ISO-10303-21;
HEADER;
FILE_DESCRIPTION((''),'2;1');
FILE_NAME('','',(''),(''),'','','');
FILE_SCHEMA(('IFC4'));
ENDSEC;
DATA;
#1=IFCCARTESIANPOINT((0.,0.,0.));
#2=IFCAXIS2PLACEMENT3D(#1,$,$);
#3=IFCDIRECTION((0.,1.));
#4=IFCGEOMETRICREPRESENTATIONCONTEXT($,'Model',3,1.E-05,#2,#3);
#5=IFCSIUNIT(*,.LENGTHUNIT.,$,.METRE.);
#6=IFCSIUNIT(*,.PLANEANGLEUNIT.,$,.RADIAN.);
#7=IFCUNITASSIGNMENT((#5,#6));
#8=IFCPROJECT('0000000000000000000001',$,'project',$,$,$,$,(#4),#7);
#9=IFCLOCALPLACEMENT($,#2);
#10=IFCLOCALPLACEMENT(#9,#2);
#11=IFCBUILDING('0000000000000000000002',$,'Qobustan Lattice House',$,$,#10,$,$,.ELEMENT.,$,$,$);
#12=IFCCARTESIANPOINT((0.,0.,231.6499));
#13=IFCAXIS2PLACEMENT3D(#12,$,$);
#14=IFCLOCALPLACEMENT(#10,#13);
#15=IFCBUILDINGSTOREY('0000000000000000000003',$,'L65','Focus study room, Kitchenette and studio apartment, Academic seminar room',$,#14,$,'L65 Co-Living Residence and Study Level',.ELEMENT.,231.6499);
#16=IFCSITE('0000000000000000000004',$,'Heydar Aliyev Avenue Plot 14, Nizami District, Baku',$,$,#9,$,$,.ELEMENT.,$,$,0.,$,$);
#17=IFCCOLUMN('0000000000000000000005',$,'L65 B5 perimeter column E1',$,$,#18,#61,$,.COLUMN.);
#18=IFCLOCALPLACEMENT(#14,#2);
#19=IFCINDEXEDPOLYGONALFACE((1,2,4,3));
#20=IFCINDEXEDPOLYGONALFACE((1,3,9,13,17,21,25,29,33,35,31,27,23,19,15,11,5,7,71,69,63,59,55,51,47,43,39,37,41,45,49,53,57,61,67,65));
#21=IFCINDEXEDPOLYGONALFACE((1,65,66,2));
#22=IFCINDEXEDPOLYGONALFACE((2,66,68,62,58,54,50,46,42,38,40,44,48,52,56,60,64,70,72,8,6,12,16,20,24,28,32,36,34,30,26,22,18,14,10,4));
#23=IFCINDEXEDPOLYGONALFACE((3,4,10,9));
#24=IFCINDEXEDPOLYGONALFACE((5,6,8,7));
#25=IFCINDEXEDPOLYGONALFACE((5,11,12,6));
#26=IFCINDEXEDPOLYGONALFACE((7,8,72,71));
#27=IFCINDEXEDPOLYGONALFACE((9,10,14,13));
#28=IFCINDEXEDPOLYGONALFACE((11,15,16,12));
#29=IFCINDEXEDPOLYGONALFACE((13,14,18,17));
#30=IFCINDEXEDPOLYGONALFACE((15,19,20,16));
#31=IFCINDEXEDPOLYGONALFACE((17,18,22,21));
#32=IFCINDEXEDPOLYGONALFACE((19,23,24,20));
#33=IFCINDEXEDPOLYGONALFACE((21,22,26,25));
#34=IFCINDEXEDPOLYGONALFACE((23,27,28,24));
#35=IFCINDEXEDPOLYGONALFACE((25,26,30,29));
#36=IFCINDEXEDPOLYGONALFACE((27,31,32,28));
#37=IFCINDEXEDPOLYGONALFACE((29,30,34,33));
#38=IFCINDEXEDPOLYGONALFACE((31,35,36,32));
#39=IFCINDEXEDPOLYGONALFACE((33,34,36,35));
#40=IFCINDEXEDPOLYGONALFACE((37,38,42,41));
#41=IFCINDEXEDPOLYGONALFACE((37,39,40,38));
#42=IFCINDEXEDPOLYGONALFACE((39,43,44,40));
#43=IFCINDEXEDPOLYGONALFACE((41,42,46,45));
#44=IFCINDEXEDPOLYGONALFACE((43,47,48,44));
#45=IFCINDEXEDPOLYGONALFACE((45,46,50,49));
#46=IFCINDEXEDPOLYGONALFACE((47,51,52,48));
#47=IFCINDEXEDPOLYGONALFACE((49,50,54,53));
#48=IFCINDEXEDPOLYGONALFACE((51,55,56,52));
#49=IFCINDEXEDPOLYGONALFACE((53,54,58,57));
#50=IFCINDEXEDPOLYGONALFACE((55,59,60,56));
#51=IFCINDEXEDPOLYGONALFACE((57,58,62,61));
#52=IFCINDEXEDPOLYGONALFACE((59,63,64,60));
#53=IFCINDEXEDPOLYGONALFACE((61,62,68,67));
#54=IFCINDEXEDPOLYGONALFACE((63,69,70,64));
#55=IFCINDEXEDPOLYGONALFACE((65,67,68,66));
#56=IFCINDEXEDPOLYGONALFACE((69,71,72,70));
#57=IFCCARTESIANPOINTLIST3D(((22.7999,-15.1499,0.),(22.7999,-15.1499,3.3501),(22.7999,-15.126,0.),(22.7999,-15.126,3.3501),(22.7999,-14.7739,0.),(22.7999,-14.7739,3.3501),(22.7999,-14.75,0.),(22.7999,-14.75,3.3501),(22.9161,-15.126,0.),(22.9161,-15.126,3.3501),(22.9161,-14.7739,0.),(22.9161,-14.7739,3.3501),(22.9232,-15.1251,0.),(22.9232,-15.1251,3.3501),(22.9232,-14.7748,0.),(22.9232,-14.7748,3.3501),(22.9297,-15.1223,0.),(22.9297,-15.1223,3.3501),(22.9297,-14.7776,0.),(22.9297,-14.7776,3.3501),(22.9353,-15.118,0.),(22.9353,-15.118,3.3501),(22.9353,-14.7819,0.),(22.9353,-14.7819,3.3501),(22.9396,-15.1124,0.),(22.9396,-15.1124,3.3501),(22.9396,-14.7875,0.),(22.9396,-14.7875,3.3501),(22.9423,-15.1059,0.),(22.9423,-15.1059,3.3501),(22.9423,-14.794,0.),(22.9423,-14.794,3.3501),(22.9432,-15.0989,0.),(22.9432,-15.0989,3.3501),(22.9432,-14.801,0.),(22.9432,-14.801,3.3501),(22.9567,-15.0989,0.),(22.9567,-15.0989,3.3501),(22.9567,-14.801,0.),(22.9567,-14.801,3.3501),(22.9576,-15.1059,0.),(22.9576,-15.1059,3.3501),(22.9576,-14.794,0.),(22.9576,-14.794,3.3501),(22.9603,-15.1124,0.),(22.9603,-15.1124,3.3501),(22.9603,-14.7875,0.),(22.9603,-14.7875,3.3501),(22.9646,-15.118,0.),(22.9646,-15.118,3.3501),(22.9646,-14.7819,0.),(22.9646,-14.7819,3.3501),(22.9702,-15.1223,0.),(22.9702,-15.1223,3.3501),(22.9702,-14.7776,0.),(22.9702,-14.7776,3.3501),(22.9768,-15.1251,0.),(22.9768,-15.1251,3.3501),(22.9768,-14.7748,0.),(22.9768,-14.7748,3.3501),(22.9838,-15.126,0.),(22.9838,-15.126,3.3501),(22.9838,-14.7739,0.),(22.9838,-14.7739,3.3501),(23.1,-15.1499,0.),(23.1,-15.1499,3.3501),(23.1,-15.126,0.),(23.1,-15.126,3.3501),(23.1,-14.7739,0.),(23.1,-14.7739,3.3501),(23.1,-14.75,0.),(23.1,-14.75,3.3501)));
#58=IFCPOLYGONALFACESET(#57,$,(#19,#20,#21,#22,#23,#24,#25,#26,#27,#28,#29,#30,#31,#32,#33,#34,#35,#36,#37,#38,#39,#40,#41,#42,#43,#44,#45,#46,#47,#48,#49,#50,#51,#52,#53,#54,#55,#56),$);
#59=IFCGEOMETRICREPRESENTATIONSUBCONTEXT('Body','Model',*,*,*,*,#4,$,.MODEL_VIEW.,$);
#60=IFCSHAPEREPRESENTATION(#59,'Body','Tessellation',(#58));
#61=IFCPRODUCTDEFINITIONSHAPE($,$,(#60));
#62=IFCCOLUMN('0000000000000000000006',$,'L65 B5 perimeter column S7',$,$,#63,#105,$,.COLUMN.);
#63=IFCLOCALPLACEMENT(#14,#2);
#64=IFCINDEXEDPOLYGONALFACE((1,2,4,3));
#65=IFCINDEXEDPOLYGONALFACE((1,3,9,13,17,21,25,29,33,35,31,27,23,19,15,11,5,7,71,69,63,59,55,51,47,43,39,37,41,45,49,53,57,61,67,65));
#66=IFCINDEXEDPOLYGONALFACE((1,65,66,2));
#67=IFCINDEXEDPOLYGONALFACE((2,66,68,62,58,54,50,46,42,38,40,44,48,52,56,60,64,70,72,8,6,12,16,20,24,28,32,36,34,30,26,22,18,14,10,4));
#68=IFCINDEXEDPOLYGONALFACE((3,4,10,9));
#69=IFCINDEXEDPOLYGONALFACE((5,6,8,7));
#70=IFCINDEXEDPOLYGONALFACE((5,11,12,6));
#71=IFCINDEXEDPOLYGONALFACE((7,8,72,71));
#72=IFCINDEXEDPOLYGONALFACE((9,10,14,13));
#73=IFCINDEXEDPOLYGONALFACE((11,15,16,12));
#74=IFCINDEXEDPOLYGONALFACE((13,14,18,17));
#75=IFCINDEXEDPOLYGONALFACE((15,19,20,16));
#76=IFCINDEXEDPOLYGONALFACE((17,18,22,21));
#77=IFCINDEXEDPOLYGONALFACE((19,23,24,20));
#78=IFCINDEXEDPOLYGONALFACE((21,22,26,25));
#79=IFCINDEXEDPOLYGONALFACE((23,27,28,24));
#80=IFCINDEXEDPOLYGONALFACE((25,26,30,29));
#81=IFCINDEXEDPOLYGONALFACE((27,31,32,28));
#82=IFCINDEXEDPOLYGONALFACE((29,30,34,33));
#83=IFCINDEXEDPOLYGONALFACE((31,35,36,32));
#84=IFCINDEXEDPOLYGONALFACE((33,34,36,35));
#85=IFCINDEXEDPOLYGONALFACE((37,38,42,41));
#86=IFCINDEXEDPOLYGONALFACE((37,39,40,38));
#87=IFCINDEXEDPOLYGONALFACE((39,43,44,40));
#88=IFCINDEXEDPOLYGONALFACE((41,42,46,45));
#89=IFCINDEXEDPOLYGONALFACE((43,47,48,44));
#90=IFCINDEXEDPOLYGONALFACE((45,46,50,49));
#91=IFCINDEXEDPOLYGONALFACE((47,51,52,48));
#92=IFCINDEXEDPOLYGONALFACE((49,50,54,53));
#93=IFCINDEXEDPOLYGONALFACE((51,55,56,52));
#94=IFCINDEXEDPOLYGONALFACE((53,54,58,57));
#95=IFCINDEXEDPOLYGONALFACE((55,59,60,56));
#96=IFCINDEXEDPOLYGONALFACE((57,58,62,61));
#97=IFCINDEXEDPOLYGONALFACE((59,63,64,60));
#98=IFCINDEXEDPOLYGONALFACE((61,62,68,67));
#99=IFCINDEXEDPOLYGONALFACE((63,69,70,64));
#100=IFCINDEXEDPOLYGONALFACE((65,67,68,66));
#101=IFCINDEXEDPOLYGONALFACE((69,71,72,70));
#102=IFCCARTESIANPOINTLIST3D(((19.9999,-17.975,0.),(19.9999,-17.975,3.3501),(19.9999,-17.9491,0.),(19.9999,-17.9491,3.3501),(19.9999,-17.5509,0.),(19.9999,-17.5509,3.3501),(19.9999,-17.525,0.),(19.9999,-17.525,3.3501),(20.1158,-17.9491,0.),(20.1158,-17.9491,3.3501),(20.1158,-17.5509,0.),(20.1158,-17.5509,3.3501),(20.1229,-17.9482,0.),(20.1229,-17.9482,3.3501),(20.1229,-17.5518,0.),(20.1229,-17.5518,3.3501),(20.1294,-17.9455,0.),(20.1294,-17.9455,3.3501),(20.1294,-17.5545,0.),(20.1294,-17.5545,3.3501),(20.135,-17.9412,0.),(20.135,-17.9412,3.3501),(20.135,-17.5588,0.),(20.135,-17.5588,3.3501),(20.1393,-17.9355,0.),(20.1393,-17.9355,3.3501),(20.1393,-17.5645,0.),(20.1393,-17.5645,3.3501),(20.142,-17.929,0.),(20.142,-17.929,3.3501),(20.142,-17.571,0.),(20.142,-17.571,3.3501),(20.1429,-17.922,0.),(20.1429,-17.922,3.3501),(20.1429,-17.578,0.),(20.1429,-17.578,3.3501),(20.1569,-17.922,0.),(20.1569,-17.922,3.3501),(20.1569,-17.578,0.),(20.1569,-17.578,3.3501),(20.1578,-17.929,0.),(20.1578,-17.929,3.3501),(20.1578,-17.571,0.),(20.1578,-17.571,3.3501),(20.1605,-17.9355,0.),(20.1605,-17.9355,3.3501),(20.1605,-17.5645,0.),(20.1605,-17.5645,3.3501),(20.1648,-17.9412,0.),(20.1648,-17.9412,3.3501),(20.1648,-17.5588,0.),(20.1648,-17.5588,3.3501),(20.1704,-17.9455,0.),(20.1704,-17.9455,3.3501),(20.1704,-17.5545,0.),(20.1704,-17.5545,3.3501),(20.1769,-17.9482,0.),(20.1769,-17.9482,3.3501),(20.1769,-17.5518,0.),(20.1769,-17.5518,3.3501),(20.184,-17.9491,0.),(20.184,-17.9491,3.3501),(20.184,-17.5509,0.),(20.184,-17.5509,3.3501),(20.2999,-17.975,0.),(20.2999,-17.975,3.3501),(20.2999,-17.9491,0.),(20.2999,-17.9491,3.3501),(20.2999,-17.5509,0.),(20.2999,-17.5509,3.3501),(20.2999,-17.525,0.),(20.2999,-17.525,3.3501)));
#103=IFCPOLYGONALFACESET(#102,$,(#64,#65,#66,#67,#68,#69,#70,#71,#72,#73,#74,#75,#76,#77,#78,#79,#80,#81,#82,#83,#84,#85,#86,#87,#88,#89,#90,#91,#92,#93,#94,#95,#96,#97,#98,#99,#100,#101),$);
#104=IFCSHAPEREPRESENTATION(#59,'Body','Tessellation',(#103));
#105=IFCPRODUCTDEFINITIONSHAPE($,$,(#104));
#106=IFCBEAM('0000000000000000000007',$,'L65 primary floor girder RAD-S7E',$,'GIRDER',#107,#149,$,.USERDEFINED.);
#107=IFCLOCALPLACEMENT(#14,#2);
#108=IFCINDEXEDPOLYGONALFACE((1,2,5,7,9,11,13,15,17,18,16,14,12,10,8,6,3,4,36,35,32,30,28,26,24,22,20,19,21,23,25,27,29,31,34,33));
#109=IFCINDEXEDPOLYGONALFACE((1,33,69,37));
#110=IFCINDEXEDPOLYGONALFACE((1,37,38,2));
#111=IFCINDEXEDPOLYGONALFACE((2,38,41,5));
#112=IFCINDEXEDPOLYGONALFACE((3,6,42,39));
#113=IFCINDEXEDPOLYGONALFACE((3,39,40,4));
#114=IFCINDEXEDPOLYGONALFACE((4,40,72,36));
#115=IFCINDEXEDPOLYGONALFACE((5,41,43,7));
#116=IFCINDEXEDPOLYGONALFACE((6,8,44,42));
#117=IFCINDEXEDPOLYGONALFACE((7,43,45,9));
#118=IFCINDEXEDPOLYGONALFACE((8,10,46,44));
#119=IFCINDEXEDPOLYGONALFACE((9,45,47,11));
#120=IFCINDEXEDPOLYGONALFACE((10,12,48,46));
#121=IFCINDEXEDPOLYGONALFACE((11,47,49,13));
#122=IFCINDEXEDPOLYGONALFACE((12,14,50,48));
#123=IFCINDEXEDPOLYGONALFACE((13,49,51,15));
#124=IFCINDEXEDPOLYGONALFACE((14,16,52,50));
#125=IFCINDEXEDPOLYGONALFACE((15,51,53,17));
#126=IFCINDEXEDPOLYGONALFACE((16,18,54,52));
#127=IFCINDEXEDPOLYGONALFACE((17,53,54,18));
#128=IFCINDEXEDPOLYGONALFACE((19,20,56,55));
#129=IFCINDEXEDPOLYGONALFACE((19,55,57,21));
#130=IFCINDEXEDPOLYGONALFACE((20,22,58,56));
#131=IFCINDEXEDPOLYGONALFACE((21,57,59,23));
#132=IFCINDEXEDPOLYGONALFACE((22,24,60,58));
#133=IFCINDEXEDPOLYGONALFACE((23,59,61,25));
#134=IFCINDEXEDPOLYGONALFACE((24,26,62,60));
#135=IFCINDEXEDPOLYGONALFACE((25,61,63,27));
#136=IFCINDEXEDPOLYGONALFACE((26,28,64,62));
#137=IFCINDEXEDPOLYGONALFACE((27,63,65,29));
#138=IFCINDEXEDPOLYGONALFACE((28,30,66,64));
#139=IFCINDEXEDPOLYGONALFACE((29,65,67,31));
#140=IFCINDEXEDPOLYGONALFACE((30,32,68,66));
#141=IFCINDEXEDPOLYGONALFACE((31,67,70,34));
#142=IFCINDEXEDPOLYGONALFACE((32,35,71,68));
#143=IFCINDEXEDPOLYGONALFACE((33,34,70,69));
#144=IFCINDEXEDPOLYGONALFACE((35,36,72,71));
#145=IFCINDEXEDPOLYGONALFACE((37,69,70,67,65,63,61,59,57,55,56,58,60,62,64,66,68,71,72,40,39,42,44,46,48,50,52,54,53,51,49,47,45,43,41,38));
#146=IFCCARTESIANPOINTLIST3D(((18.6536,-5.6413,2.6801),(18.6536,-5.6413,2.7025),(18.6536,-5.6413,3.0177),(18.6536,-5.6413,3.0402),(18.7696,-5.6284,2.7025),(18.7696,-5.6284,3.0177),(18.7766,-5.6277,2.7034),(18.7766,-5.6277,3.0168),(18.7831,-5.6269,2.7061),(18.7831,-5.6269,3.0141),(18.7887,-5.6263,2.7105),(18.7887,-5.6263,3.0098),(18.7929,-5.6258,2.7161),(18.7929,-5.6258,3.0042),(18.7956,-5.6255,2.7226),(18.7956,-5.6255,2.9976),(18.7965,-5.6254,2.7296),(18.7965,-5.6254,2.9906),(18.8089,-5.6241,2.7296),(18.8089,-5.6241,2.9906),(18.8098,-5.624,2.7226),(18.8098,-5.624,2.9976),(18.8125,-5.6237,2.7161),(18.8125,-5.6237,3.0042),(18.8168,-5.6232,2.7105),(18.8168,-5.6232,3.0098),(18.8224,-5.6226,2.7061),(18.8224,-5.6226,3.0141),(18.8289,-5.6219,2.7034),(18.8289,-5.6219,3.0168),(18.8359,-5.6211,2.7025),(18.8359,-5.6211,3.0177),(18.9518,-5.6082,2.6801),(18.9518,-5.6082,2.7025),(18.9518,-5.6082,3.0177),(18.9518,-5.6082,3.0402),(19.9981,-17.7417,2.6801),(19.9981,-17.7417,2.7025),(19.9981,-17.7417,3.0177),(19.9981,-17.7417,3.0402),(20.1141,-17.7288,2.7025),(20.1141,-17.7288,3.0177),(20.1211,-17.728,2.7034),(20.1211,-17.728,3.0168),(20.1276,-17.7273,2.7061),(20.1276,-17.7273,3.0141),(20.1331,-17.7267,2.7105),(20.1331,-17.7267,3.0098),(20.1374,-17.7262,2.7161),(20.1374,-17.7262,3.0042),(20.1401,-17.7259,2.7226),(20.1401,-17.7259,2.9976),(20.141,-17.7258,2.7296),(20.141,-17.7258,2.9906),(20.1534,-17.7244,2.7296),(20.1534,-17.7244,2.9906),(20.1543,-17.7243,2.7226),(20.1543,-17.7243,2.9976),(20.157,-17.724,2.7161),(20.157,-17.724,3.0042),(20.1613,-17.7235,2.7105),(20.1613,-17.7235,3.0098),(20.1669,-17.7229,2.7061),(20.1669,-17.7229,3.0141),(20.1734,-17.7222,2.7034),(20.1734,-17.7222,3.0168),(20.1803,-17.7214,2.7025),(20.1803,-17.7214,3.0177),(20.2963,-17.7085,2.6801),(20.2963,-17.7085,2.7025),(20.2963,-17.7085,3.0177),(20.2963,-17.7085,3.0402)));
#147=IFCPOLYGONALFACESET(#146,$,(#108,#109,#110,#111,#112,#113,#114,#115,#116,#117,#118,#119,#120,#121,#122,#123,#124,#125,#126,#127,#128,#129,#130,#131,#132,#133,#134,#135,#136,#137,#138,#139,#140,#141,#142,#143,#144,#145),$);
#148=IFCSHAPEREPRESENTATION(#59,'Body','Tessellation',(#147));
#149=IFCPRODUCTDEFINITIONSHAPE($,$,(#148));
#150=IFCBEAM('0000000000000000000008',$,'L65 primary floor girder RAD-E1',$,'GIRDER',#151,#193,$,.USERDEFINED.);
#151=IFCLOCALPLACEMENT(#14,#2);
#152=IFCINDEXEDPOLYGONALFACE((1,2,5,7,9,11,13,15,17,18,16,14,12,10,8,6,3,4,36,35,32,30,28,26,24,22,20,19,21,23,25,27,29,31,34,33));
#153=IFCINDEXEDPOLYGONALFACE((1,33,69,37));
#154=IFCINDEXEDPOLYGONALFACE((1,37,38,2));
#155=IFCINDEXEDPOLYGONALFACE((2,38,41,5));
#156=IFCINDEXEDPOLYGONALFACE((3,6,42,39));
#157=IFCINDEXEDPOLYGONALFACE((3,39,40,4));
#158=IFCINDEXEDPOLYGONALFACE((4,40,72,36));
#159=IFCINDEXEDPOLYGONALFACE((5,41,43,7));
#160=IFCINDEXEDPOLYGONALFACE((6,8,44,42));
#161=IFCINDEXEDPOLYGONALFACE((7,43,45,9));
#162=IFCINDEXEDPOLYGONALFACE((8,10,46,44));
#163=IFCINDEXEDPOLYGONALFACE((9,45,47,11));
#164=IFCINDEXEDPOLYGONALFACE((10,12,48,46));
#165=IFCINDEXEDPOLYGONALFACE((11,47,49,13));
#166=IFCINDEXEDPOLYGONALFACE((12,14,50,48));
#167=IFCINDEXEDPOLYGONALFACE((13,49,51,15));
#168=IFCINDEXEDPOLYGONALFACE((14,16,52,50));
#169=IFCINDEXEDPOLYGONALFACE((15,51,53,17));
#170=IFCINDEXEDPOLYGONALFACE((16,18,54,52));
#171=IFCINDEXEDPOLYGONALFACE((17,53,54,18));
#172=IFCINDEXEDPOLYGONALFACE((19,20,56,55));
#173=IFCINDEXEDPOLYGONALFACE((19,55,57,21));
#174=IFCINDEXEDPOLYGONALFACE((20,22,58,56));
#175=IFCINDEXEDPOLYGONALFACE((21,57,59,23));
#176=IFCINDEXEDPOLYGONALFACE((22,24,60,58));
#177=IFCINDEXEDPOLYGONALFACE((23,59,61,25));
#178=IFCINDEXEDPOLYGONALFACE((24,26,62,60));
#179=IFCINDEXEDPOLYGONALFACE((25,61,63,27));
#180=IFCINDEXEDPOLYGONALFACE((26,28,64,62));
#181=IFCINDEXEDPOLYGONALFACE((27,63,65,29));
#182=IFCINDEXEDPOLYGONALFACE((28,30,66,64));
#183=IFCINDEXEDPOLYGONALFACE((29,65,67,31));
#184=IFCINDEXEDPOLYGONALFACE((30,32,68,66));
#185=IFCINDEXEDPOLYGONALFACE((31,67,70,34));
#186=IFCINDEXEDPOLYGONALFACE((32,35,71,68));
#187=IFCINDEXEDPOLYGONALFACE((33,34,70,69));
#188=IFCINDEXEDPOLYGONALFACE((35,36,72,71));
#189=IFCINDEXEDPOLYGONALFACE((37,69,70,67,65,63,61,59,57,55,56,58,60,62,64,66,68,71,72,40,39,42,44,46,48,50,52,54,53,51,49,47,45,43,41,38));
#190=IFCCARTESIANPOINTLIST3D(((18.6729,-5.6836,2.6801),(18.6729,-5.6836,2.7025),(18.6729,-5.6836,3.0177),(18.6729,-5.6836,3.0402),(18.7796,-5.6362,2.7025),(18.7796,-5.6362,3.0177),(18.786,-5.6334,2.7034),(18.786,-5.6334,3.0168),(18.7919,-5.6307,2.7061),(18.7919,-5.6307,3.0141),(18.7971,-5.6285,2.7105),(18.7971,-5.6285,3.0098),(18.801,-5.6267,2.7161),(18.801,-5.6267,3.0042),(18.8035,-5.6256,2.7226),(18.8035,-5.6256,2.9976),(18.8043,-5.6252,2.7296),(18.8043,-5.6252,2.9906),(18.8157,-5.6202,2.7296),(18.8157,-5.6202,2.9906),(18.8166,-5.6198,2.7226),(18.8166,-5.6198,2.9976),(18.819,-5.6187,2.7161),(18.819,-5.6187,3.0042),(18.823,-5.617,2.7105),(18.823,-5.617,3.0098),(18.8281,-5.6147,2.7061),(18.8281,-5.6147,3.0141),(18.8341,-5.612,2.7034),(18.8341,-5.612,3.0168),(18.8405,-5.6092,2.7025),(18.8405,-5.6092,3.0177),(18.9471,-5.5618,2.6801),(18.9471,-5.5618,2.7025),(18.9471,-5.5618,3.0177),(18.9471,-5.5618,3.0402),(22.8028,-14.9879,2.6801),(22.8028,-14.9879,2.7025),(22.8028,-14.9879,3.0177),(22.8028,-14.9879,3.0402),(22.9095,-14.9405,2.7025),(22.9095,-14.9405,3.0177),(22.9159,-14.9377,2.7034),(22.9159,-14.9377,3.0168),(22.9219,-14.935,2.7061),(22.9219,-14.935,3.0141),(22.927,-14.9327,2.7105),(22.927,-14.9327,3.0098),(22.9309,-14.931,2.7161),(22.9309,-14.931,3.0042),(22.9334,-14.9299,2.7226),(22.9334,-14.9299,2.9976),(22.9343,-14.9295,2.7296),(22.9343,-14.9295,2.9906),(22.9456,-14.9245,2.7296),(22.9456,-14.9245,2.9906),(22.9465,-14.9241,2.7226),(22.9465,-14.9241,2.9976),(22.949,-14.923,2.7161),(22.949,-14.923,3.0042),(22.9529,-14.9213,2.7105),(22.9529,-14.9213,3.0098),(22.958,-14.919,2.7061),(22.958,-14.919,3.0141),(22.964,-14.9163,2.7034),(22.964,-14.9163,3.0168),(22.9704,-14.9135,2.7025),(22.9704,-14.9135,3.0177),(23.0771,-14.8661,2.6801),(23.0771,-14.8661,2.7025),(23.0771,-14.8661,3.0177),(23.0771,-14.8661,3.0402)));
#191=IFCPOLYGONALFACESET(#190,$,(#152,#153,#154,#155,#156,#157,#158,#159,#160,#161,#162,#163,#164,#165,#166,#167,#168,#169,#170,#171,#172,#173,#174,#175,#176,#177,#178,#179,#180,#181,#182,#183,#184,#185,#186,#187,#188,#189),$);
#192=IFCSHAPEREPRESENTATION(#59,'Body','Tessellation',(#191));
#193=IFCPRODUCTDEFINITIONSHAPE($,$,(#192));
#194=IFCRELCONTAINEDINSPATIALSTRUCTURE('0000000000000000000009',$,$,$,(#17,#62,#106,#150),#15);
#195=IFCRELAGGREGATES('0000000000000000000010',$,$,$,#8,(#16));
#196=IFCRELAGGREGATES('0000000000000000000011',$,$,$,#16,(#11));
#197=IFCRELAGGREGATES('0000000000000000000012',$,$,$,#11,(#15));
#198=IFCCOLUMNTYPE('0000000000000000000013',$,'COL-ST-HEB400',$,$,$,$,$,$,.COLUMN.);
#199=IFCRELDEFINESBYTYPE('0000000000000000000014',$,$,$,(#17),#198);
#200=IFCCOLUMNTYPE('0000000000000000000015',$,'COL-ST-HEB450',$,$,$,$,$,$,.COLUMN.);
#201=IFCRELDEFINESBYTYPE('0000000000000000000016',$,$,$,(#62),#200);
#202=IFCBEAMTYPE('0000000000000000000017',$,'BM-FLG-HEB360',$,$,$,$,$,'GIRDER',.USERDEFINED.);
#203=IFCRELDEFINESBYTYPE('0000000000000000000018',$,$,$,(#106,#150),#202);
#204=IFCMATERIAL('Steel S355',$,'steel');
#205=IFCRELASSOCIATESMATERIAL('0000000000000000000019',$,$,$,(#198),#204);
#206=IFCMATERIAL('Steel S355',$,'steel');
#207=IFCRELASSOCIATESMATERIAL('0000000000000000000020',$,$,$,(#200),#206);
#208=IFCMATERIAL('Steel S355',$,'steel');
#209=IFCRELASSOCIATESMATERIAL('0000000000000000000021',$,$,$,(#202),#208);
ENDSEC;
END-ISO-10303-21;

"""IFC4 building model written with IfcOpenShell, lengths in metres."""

from ifc_helpers import new_model, si_unit, direction, frame, origin, origin_2d, place, context, subcontext, project, spatial, i_section, extrude, material, material_profile, profile_set, type_object, element, save


model = new_model("IFC4")

# Units and contexts
model_context = context("Model", 3, precision=1e-05, world=origin(), true_north=direction((0.0, 1.0)))
body_context = subcontext(model_context, "Body", "Model", "MODEL_VIEW")
ifc_project = project(units=[si_unit("LENGTHUNIT", "METRE"), si_unit("PLANEANGLEUNIT", "RADIAN")], contexts=[model_context])

# Site, building, storey
site_placement = place(None, origin())
site = spatial("IfcSite", under=ifc_project, at=site_placement, Name="Heydar Aliyev Avenue Plot 14, Nizami District, Baku", CompositionType="ELEMENT", RefElevation=0.0)
building_placement = place(site_placement, origin())
building = spatial("IfcBuilding", under=site, at=building_placement, Name="Qobustan Lattice House", CompositionType="ELEMENT")
storey_placement = place(building_placement, frame((0.0, 0.0, 231.6499)))
storey = spatial("IfcBuildingStorey", under=building, at=storey_placement, Name="L65", Description="Focus study room, Kitchenette and studio apartment, Academic seminar room", LongName="L65 Co-Living Residence and Study Level", CompositionType="ELEMENT", Elevation=231.6499)

# Columns
ifc_material_1 = material(Name="Steel S355", Category="steel")
ifc_material_profile_1 = material_profile(ifc_material_1, i_section(OverallWidth=0.3, OverallDepth=0.3999, WebThickness=0.0134, FlangeThickness=0.0239, FilletRadius=0.0271, at=origin_2d()), Name="HEB400")
ifc_profile_set_1 = profile_set([ifc_material_profile_1], Name="Steel S355")
column_type_1 = type_object("IfcColumnType", Name="COL-ST-HEB400", PredefinedType="COLUMN", material=ifc_profile_set_1)
column_1_placement = place(storey_placement, frame((22.95, -14.95, 0.0), z_axis=(0.0, 0.0, 1.0), x_axis=(1.0, 0.0, 0.0)))
element("IfcColumn", 1, at=column_1_placement, inside=storey, type_object=column_type_1, Name="L65 B5 perimeter column E1", PredefinedType="COLUMN", context=body_context, shape_type="SweptSolid", body=[
    extrude(i_section(OverallWidth=0.3, OverallDepth=0.3999, WebThickness=0.0134, FlangeThickness=0.0239, FilletRadius=0.0271, at=origin_2d()), origin(), (0.0, 0.0, 1.0), 3.3501),
])
ifc_material_2 = material(Name="Steel S355", Category="steel")
ifc_material_profile_2 = material_profile(ifc_material_2, i_section(OverallWidth=0.3, OverallDepth=0.45, WebThickness=0.0139, FlangeThickness=0.0259, FilletRadius=0.0271, at=origin_2d()), Name="HEB450")
ifc_profile_set_2 = profile_set([ifc_material_profile_2], Name="Steel S355")
column_type_2 = type_object("IfcColumnType", Name="COL-ST-HEB450", PredefinedType="COLUMN", material=ifc_profile_set_2)
column_2_placement = place(storey_placement, frame((20.1499, -17.75, 0.0), z_axis=(0.0, 0.0, 1.0), x_axis=(1.0, 0.0, 0.0)))
element("IfcColumn", 2, at=column_2_placement, inside=storey, type_object=column_type_2, Name="L65 B5 perimeter column S7", PredefinedType="COLUMN", context=body_context, shape_type="SweptSolid", body=[
    extrude(i_section(OverallWidth=0.3, OverallDepth=0.45, WebThickness=0.0139, FlangeThickness=0.0259, FilletRadius=0.0271, at=origin_2d()), origin(), (0.0, 0.0, 1.0), 3.3501),
])

# Beams
ifc_material_3 = material(Name="Steel S355", Category="steel")
ifc_material_profile_3 = material_profile(ifc_material_3, i_section(OverallWidth=0.3, OverallDepth=0.3601, WebThickness=0.0125, FlangeThickness=0.0225, FilletRadius=0.0271, at=origin_2d()), Name="HEB360")
ifc_profile_set_3 = profile_set([ifc_material_profile_3], Name="Steel S355")
beam_type_1 = type_object("IfcBeamType", Name="BM-FLG-HEB360", ElementType="GIRDER", PredefinedType="USERDEFINED", material=ifc_profile_set_3)
beam_1_placement = place(storey_placement, frame((20.1472, -17.7251, 2.8601), z_axis=(-0.110432, 0.993884, 0.0), x_axis=(-0.993884, -0.110432, 0.0)))
element("IfcBeam", 3, at=beam_1_placement, inside=storey, type_object=beam_type_1, Name="L65 primary floor girder RAD-S7E", ObjectType="GIRDER", PredefinedType="USERDEFINED", context=body_context, shape_type="SweptSolid", body=[
    extrude(i_section(OverallWidth=0.3, OverallDepth=0.3601, WebThickness=0.0125, FlangeThickness=0.0225, FilletRadius=0.0271, at=origin_2d()), origin(), (0.0, 0.0, 1.0), 12.1748),
])
beam_2_placement = place(storey_placement, frame((22.9399, -14.927, 2.8601), z_axis=(-0.405702, 0.914005, 0.0), x_axis=(-0.914005, -0.405702, 0.0)))
element("IfcBeam", 4, at=beam_2_placement, inside=storey, type_object=beam_type_1, Name="L65 primary floor girder RAD-E1", ObjectType="GIRDER", PredefinedType="USERDEFINED", context=body_context, shape_type="SweptSolid", body=[
    extrude(i_section(OverallWidth=0.3, OverallDepth=0.3601, WebThickness=0.0125, FlangeThickness=0.0225, FilletRadius=0.0271, at=origin_2d()), origin(), (0.0, 0.0, 1.0), 10.1797),
])

save(model, "model.ifc")
